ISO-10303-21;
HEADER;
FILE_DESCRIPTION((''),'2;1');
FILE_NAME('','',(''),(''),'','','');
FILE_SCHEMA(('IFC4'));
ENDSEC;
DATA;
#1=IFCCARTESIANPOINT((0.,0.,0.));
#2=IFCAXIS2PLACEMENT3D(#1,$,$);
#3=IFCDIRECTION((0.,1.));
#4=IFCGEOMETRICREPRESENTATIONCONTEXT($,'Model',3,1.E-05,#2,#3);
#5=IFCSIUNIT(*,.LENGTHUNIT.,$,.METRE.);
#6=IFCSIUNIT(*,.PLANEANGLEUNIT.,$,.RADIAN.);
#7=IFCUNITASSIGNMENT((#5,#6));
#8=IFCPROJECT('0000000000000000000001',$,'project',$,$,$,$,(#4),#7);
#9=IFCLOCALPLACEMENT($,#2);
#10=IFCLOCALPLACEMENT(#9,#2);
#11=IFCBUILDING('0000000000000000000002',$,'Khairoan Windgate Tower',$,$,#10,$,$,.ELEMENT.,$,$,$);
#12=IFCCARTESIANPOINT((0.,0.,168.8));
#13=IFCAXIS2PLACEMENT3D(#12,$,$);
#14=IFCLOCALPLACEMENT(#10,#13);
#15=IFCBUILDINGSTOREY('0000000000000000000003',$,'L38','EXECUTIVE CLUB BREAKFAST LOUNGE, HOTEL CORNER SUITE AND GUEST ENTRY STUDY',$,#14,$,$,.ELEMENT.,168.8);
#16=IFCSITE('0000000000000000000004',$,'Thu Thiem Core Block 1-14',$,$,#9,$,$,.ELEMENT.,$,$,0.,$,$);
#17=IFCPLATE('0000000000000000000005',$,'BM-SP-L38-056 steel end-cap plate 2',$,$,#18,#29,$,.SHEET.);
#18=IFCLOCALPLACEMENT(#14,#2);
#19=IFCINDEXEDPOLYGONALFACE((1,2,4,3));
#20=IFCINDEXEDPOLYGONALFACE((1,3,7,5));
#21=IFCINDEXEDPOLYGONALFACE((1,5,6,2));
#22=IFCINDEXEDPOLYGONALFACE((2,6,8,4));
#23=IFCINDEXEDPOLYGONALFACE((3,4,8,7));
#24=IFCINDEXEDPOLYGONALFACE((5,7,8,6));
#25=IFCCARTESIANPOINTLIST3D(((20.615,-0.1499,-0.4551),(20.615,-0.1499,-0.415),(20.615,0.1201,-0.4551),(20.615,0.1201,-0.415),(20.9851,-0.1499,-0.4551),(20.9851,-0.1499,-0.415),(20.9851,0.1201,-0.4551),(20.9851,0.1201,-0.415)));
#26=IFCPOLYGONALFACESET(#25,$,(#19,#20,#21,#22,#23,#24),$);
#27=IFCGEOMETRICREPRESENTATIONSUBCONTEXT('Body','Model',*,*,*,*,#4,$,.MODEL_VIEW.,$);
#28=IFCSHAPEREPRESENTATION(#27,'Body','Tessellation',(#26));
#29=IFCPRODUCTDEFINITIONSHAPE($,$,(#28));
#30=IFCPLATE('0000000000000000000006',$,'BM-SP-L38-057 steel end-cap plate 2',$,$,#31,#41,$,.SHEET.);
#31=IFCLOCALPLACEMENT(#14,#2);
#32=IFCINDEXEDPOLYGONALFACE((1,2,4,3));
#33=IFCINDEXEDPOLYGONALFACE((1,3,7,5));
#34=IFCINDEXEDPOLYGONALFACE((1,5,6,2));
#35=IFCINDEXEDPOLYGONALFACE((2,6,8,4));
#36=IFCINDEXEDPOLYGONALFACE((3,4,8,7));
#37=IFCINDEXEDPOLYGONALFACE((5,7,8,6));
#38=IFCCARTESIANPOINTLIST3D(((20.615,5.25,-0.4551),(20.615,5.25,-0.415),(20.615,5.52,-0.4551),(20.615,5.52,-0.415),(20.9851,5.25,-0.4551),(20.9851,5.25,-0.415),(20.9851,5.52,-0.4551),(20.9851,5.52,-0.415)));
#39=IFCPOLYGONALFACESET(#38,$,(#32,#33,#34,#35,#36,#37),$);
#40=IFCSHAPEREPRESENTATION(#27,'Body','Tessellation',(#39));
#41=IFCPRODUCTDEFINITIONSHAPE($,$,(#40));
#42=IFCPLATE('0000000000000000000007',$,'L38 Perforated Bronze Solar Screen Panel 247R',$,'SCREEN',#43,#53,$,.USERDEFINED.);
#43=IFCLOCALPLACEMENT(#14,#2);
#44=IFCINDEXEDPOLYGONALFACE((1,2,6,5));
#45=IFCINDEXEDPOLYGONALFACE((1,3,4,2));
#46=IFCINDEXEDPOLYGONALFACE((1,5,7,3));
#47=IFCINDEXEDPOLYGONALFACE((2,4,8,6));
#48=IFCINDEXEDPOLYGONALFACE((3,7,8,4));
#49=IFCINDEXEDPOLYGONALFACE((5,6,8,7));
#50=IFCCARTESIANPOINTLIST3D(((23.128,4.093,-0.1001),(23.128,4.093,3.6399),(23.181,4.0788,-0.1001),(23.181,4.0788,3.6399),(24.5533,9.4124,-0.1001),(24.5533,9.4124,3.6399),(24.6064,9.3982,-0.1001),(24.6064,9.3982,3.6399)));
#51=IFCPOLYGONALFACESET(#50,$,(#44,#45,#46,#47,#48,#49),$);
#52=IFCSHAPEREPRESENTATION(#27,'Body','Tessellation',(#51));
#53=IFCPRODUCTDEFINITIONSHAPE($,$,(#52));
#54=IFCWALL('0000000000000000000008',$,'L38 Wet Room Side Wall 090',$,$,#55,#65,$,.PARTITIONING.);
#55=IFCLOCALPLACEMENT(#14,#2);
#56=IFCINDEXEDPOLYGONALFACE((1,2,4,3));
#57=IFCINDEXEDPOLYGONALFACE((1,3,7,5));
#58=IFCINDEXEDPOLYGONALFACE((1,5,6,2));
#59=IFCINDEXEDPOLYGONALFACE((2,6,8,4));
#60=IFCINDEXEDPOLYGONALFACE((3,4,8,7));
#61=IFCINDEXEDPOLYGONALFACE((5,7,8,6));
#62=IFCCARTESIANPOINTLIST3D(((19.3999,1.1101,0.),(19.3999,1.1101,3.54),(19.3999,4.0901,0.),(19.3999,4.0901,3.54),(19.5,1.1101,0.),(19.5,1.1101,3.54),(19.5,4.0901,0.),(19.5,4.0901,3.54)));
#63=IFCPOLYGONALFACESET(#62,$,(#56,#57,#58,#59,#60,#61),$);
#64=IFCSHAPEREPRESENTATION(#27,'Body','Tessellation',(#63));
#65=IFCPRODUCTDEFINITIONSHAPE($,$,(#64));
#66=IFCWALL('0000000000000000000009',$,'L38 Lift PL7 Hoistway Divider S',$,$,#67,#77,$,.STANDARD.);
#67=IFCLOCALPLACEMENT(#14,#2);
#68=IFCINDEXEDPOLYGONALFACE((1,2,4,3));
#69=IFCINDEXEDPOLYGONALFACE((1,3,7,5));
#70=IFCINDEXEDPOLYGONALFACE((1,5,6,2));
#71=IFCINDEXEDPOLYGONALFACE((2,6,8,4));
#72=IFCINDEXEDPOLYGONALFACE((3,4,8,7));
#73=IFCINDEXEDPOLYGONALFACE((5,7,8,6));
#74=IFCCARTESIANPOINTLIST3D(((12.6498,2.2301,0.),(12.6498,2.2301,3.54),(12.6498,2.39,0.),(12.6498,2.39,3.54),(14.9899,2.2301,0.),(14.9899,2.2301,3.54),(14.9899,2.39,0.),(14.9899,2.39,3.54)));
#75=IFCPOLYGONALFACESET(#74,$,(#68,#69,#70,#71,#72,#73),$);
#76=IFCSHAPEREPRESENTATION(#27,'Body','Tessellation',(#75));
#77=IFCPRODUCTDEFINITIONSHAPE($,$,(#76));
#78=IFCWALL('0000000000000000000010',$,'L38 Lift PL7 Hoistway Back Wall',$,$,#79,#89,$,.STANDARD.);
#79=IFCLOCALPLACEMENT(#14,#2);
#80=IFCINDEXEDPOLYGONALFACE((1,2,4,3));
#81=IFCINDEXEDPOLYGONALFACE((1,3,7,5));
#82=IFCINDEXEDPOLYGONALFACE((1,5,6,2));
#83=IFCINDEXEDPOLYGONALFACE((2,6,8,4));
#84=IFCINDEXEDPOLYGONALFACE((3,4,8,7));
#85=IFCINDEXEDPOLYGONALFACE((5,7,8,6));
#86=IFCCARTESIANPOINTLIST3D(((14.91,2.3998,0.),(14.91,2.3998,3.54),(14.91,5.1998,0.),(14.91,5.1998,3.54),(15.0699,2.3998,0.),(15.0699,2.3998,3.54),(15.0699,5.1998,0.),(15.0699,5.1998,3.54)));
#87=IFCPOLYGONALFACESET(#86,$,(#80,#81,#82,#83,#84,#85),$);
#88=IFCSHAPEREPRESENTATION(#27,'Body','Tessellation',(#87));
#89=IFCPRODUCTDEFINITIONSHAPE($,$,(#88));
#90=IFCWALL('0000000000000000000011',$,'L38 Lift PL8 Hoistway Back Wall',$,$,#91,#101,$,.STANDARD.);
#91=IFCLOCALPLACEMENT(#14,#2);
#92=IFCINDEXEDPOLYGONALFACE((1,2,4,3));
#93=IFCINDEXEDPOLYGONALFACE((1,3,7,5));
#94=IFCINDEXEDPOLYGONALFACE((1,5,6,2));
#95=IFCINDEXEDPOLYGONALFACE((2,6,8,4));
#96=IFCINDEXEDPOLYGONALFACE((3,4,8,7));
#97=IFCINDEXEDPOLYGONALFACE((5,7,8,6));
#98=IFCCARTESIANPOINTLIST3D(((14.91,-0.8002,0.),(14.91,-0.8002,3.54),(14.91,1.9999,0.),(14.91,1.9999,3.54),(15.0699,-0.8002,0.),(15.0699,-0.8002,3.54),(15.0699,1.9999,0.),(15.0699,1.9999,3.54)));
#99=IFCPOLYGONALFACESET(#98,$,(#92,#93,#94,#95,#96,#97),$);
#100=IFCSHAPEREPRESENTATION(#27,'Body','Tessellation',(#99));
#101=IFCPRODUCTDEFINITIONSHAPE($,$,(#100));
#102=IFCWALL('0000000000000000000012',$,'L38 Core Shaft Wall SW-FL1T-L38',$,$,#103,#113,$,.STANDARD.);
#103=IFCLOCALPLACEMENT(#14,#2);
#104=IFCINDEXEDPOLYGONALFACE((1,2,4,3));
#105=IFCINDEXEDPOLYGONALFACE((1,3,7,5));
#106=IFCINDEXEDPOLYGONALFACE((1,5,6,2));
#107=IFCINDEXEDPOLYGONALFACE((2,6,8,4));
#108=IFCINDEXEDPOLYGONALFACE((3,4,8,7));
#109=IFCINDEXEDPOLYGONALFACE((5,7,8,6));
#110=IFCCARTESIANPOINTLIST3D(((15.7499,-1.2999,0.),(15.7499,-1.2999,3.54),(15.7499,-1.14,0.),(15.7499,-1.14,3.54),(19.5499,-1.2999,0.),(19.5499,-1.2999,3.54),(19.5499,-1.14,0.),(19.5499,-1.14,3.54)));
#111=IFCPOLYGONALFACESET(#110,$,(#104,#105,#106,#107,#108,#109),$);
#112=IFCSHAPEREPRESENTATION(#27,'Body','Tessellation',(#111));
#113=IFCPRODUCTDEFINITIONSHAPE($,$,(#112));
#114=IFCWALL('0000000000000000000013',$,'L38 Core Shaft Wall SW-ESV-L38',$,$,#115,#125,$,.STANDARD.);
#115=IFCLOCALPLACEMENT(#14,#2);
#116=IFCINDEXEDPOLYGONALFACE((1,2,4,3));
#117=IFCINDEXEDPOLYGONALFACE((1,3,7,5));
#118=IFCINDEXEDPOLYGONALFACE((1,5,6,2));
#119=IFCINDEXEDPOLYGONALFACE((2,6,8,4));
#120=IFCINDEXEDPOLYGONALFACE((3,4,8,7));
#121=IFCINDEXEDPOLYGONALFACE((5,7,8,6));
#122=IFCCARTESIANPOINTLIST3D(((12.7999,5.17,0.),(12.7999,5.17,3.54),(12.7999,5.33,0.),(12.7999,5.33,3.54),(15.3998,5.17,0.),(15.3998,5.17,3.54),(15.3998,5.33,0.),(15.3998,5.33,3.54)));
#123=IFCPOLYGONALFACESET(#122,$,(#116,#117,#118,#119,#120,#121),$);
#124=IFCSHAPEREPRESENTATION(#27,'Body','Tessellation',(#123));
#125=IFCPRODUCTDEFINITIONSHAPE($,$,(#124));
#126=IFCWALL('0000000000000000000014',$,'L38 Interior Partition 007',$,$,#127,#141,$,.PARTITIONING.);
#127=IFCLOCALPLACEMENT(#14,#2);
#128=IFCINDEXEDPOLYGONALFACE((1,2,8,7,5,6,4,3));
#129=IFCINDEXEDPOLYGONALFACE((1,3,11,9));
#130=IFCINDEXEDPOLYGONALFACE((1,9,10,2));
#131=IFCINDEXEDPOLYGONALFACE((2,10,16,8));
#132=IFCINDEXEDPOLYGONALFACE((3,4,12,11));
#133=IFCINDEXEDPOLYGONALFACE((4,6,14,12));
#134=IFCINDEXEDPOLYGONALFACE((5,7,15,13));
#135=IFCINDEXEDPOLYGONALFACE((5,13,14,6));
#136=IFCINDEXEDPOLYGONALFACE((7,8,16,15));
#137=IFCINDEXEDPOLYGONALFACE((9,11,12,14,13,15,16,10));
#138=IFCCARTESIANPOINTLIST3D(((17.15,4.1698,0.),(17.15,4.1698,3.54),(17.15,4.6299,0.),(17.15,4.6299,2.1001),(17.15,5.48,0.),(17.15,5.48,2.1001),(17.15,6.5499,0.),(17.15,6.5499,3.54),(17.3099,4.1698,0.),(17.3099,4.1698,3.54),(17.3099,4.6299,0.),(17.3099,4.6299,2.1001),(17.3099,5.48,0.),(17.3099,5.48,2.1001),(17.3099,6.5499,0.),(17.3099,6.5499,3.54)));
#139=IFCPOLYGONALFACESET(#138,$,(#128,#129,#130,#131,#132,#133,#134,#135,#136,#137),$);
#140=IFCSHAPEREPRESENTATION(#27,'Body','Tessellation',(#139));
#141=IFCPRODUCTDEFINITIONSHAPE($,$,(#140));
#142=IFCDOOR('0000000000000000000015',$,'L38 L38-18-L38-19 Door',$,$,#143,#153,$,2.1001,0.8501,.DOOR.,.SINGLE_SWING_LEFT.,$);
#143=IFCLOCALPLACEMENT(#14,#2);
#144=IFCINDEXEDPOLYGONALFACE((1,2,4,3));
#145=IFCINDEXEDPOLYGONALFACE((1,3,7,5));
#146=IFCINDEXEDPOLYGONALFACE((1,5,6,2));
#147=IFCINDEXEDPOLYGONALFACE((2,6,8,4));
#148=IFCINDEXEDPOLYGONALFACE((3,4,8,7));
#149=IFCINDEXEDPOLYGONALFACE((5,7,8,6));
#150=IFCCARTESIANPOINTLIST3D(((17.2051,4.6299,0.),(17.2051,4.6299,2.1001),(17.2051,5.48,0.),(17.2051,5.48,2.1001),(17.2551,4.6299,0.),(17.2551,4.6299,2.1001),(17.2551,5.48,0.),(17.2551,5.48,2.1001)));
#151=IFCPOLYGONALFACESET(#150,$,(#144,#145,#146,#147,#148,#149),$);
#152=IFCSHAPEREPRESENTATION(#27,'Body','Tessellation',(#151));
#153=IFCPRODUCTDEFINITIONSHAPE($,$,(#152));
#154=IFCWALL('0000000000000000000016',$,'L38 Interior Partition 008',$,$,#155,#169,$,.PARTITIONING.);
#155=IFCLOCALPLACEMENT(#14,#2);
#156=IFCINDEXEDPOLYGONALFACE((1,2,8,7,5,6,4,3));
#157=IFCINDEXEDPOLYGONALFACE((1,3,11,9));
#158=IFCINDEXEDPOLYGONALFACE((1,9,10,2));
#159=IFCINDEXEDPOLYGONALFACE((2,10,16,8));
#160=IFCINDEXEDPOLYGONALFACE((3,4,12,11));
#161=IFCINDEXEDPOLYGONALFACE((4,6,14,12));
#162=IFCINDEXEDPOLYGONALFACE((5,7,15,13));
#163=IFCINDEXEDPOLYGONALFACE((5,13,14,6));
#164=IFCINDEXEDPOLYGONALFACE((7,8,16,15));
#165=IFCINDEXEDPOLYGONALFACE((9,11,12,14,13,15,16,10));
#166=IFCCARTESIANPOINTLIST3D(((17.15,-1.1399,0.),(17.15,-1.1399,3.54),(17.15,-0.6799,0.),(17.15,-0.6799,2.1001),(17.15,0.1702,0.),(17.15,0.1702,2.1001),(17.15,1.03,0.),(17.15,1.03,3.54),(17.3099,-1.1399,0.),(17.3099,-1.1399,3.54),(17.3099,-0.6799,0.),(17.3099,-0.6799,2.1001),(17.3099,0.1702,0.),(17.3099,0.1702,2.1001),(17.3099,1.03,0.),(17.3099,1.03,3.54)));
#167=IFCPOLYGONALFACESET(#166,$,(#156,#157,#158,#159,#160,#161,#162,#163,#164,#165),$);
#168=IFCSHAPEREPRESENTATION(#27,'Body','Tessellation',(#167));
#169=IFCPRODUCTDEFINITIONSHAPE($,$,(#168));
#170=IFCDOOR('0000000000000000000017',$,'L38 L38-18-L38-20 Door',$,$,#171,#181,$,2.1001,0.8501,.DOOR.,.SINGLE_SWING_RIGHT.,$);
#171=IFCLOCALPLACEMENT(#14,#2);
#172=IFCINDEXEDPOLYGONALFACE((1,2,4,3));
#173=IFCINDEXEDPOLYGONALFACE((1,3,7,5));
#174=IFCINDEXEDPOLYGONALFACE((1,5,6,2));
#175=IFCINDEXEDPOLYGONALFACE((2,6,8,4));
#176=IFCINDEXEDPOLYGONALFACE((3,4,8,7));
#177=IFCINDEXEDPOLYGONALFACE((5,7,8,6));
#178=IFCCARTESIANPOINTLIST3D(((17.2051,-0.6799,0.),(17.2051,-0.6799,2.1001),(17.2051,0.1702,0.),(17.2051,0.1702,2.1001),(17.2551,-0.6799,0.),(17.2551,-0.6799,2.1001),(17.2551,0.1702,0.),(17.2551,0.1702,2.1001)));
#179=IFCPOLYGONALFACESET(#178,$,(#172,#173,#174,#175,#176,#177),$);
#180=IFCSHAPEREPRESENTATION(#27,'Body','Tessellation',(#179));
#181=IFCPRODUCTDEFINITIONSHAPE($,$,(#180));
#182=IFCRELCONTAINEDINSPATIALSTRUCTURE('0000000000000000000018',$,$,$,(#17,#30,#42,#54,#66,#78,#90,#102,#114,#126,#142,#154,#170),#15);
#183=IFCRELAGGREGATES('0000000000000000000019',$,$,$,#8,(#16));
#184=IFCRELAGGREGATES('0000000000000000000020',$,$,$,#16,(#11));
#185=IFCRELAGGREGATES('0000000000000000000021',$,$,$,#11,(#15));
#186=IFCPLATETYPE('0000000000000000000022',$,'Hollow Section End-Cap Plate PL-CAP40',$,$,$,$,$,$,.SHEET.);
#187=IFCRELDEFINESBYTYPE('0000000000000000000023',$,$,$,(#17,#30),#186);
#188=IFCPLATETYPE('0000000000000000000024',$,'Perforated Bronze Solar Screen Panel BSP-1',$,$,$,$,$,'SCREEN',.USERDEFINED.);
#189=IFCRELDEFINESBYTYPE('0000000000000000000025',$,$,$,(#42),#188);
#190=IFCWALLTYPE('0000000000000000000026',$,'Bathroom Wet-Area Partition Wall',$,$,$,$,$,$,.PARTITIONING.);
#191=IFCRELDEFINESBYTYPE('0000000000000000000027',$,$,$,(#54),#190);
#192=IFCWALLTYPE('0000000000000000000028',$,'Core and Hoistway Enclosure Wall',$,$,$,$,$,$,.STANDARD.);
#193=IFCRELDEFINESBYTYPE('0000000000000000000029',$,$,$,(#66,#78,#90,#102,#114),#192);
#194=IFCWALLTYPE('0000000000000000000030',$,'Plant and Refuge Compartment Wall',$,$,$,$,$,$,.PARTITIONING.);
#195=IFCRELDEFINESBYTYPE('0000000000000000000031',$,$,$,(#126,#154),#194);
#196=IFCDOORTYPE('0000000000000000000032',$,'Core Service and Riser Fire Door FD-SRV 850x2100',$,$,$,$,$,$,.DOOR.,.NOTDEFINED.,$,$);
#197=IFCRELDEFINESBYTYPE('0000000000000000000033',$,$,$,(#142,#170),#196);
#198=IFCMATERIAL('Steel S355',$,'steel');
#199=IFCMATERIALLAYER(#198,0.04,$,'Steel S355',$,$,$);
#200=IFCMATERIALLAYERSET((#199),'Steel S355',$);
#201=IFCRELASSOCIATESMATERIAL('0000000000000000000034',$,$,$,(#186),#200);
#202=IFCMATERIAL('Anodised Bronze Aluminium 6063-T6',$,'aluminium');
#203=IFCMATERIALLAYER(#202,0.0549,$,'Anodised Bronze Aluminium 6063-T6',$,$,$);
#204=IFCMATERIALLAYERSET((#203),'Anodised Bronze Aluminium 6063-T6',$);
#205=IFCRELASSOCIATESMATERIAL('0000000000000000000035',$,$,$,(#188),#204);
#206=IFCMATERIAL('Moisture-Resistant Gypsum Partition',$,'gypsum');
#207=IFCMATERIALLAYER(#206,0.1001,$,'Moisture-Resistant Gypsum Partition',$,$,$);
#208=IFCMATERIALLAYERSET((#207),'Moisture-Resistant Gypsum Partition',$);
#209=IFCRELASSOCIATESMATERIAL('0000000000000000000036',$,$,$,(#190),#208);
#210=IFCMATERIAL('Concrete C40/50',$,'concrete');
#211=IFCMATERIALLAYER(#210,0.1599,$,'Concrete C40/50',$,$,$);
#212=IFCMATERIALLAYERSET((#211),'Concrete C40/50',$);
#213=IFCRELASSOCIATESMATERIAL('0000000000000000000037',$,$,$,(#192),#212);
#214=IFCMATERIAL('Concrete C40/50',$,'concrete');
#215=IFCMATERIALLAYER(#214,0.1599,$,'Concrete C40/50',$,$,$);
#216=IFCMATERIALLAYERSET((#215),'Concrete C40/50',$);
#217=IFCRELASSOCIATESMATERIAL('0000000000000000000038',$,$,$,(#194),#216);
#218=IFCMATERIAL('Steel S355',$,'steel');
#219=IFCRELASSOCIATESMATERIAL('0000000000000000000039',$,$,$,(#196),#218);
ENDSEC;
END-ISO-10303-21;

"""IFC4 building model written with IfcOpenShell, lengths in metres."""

from ifc_helpers import new_model, si_unit, direction, frame, frame_2d, origin, origin_2d, place, context, subcontext, project, spatial, rectangle, extrude, material, layer, layer_set, type_object, element, fill, save


model = new_model("IFC4")

# Units and contexts
model_context = context("Model", 3, precision=1e-05, world=origin(), true_north=direction((0.0, 1.0)))
body_context = subcontext(model_context, "Body", "Model", "MODEL_VIEW")
ifc_project = project(units=[si_unit("LENGTHUNIT", "METRE"), si_unit("PLANEANGLEUNIT", "RADIAN")], contexts=[model_context])

# Site, building, storey
site_placement = place(None, origin())
site = spatial("IfcSite", under=ifc_project, at=site_placement, Name="Thu Thiem Core Block 1-14", CompositionType="ELEMENT", RefElevation=0.0)
building_placement = place(site_placement, origin())
building = spatial("IfcBuilding", under=site, at=building_placement, Name="Khairoan Windgate Tower", CompositionType="ELEMENT")
storey_placement = place(building_placement, frame((0.0, 0.0, 168.8)))
storey = spatial("IfcBuildingStorey", under=building, at=storey_placement, Name="L38", Description="EXECUTIVE CLUB BREAKFAST LOUNGE, HOTEL CORNER SUITE AND GUEST ENTRY STUDY", CompositionType="ELEMENT", Elevation=168.8)

# Plates
ifc_material_1 = material(Name="Steel S355", Category="steel")
ifc_layer_1 = layer(ifc_material_1, 0.04, Name="Steel S355")
ifc_layer_set_1 = layer_set([ifc_layer_1], Name="Steel S355")
plate_type_1 = type_object("IfcPlateType", Name="Hollow Section End-Cap Plate PL-CAP40", PredefinedType="SHEET", material=ifc_layer_set_1)
for number, where, z_axis, x_axis, name in (
    (1, (20.8, -0.0149, -0.4551), (0.0, 0.0, 1.0), (0.0, 1.0, 0.0), "BM-SP-L38-056 steel end-cap plate 2"),
    (2, (20.8, 5.385, -0.4551), (0.0, 0.0, 1.0), (0.0, 1.0, 0.0), "BM-SP-L38-057 steel end-cap plate 2"),
):
    element("IfcPlate", number, at=place(storey_placement, frame(where, z_axis=z_axis, x_axis=x_axis)), inside=storey, type_object=plate_type_1, Name=name, PredefinedType="SHEET", context=body_context, shape_type="SweptSolid", body=[
        extrude(rectangle(XDim=0.27, YDim=0.3701, at=origin_2d()), origin(), (0.0, 0.0, 1.0), 0.04),
    ])
ifc_material_2 = material(Name="Anodised Bronze Aluminium 6063-T6", Category="aluminium")
ifc_layer_2 = layer(ifc_material_2, 0.0549, Name="Anodised Bronze Aluminium 6063-T6")
ifc_layer_set_2 = layer_set([ifc_layer_2], Name="Anodised Bronze Aluminium 6063-T6")
plate_type_2 = type_object("IfcPlateType", Name="Perforated Bronze Solar Screen Panel BSP-1", ElementType="SCREEN", PredefinedType="USERDEFINED", material=ifc_layer_set_2)
plate_placement = place(storey_placement, frame((23.8672, 6.7456, -0.1001), z_axis=(0.0, 0.0, 1.0), x_axis=(-0.258819, -0.965926, 0.0)))
element("IfcPlate", 3, at=plate_placement, inside=storey, type_object=plate_type_2, Name="L38 Perforated Bronze Solar Screen Panel 247R", ObjectType="SCREEN", PredefinedType="USERDEFINED", context=body_context, shape_type="SweptSolid", body=[
    extrude(rectangle(XDim=5.5071, YDim=0.0549, at=origin_2d()), origin(), (0.0, 0.0, 1.0), 3.74),
])

# Walls
ifc_material_3 = material(Name="Moisture-Resistant Gypsum Partition", Category="gypsum")
ifc_layer_3 = layer(ifc_material_3, 0.1001, Name="Moisture-Resistant Gypsum Partition")
ifc_layer_set_3 = layer_set([ifc_layer_3], Name="Moisture-Resistant Gypsum Partition")
wall_type_1 = type_object("IfcWallType", Name="Bathroom Wet-Area Partition Wall", PredefinedType="PARTITIONING", material=ifc_layer_set_3)
wall_1_placement = place(storey_placement, frame((19.45, 4.0901, 0.0), z_axis=(0.0, 0.0, 1.0), x_axis=(0.0, -1.0, 0.0)))
element("IfcWall", 4, at=wall_1_placement, inside=storey, type_object=wall_type_1, Name="L38 Wet Room Side Wall 090", PredefinedType="PARTITIONING", context=body_context, shape_type="SweptSolid", body=[
    extrude(rectangle(XDim=2.98, YDim=0.1001, at=frame_2d((1.49, 0.0))), origin(), (0.0, 0.0, 1.0), 3.54),
])
ifc_material_4 = material(Name="Concrete C40/50", Category="concrete")
ifc_layer_4 = layer(ifc_material_4, 0.1599, Name="Concrete C40/50")
ifc_layer_set_4 = layer_set([ifc_layer_4], Name="Concrete C40/50")
wall_type_2 = type_object("IfcWallType", Name="Core and Hoistway Enclosure Wall", PredefinedType="STANDARD", material=ifc_layer_set_4)
wall_2_placement = place(storey_placement, frame((12.6499, 2.3101, 0.0), z_axis=(0.0, 0.0, 1.0), x_axis=(1.0, 0.0, 0.0)))
element("IfcWall", 5, at=wall_2_placement, inside=storey, type_object=wall_type_2, Name="L38 Lift PL7 Hoistway Divider S", PredefinedType="STANDARD", context=body_context, shape_type="SweptSolid", body=[
    extrude(rectangle(XDim=2.3401, YDim=0.1599, at=frame_2d((1.1699, 0.0))), origin(), (0.0, 0.0, 1.0), 3.54),
])
for number, where, z_axis, x_axis, name in (
    (6, (14.99, 2.3999, 0.0), (0.0, 0.0, 1.0), (0.0, 1.0, 0.0), "L38 Lift PL7 Hoistway Back Wall"),
    (7, (14.99, -0.8, 0.0), (0.0, 0.0, 1.0), (0.0, 1.0, 0.0), "L38 Lift PL8 Hoistway Back Wall"),
):
    element("IfcWall", number, at=place(storey_placement, frame(where, z_axis=z_axis, x_axis=x_axis)), inside=storey, type_object=wall_type_2, Name=name, PredefinedType="STANDARD", context=body_context, shape_type="SweptSolid", body=[
        extrude(rectangle(XDim=2.8, YDim=0.1599, at=frame_2d((1.3999, 0.0))), origin(), (0.0, 0.0, 1.0), 3.54),
    ])
wall_3_placement = place(storey_placement, frame((15.75, -1.22, 0.0), z_axis=(0.0, 0.0, 1.0), x_axis=(1.0, 0.0, 0.0)))
element("IfcWall", 8, at=wall_3_placement, inside=storey, type_object=wall_type_2, Name="L38 Core Shaft Wall SW-FL1T-L38", PredefinedType="STANDARD", context=body_context, shape_type="SweptSolid", body=[
    extrude(rectangle(XDim=3.8, YDim=0.1599, at=frame_2d((1.8999, 0.0))), origin(), (0.0, 0.0, 1.0), 3.54),
])
wall_4_placement = place(storey_placement, frame((12.8, 5.25, 0.0), z_axis=(0.0, 0.0, 1.0), x_axis=(1.0, 0.0, 0.0)))
element("IfcWall", 9, at=wall_4_placement, inside=storey, type_object=wall_type_2, Name="L38 Core Shaft Wall SW-ESV-L38", PredefinedType="STANDARD", context=body_context, shape_type="SweptSolid", body=[
    extrude(rectangle(XDim=2.5999, YDim=0.1599, at=frame_2d((1.2998, 0.0))), origin(), (0.0, 0.0, 1.0), 3.54),
])

# Walls, openings, doors
ifc_material_5 = material(Name="Concrete C40/50", Category="concrete")
ifc_layer_5 = layer(ifc_material_5, 0.1599, Name="Concrete C40/50")
ifc_layer_set_5 = layer_set([ifc_layer_5], Name="Concrete C40/50")
wall_type_3 = type_object("IfcWallType", Name="Plant and Refuge Compartment Wall", PredefinedType="PARTITIONING", material=ifc_layer_set_5)
wall_5_placement = place(storey_placement, frame((17.23, 4.1699, 0.0), z_axis=(0.0, 0.0, 1.0), x_axis=(0.0, 1.0, 0.0)))
wall_5 = element("IfcWall", 10, at=wall_5_placement, inside=storey, type_object=wall_type_3, Name="L38 Interior Partition 007", PredefinedType="PARTITIONING", context=body_context, shape_type="SweptSolid", body=[
    extrude(rectangle(XDim=2.3801, YDim=0.1599, at=frame_2d((1.1899, 0.0))), origin(), (0.0, 0.0, 1.0), 3.54),
])
opening_1_placement = place(wall_5_placement, frame((0.46, 0.0, 0.0)))
opening_1 = element("IfcOpeningElement", 11, at=opening_1_placement, cuts=wall_5, PredefinedType="OPENING", context=body_context, shape_type="SweptSolid", body=[
    extrude(rectangle(XDim=0.8501, YDim=2.1001, at=frame_2d((0.425, 1.05))), frame((0.0, 0.0898, 0.0), z_axis=(0.0, -1.0, 0.0), x_axis=(1.0, 0.0, 0.0)), (0.0, 0.0, 1.0), 0.1799),
])
ifc_material_6 = material(Name="Steel S355", Category="steel")
door_type = type_object("IfcDoorType", Name="Core Service and Riser Fire Door FD-SRV 850x2100", OperationType="NOTDEFINED", PredefinedType="DOOR", material=ifc_material_6)
door_1_placement = place(opening_1_placement, origin())
door_1 = element("IfcDoor", 12, at=door_1_placement, inside=storey, type_object=door_type, Name="L38 L38-18-L38-19 Door", OperationType="SINGLE_SWING_LEFT", OverallHeight=2.1001, OverallWidth=0.8501, PredefinedType="DOOR", context=body_context, shape_type="SweptSolid", body=[
    extrude(rectangle(XDim=0.8501, YDim=2.1001, at=frame_2d((0.425, 1.05))), frame((0.0, 0.0249, 0.0), z_axis=(0.0, -1.0, 0.0), x_axis=(1.0, 0.0, 0.0)), (0.0, 0.0, 1.0), 0.05),
])
fill(opening_1, door_1)
wall_6_placement = place(storey_placement, frame((17.23, -1.1399, 0.0), z_axis=(0.0, 0.0, 1.0), x_axis=(0.0, 1.0, 0.0)))
wall_6 = element("IfcWall", 13, at=wall_6_placement, inside=storey, type_object=wall_type_3, Name="L38 Interior Partition 008", PredefinedType="PARTITIONING", context=body_context, shape_type="SweptSolid", body=[
    extrude(rectangle(XDim=2.1699, YDim=0.1599, at=frame_2d((1.085, 0.0))), origin(), (0.0, 0.0, 1.0), 3.54),
])
opening_2_placement = place(wall_6_placement, frame((0.46, 0.0, 0.0)))
opening_2 = element("IfcOpeningElement", 14, at=opening_2_placement, cuts=wall_6, PredefinedType="OPENING", context=body_context, shape_type="SweptSolid", body=[
    extrude(rectangle(XDim=0.8501, YDim=2.1001, at=frame_2d((0.425, 1.05))), frame((0.0, 0.0898, 0.0), z_axis=(0.0, -1.0, 0.0), x_axis=(1.0, 0.0, 0.0)), (0.0, 0.0, 1.0), 0.1799),
])
door_2_placement = place(opening_2_placement, origin())
door_2 = element("IfcDoor", 15, at=door_2_placement, inside=storey, type_object=door_type, Name="L38 L38-18-L38-20 Door", OperationType="SINGLE_SWING_RIGHT", OverallHeight=2.1001, OverallWidth=0.8501, PredefinedType="DOOR", context=body_context, shape_type="SweptSolid", body=[
    extrude(rectangle(XDim=0.8501, YDim=2.1001, at=frame_2d((0.425, 1.05))), frame((0.0, 0.0249, 0.0), z_axis=(0.0, -1.0, 0.0), x_axis=(1.0, 0.0, 0.0)), (0.0, 0.0, 1.0), 0.05),
])
fill(opening_2, door_2)

save(model, "model.ifc")
